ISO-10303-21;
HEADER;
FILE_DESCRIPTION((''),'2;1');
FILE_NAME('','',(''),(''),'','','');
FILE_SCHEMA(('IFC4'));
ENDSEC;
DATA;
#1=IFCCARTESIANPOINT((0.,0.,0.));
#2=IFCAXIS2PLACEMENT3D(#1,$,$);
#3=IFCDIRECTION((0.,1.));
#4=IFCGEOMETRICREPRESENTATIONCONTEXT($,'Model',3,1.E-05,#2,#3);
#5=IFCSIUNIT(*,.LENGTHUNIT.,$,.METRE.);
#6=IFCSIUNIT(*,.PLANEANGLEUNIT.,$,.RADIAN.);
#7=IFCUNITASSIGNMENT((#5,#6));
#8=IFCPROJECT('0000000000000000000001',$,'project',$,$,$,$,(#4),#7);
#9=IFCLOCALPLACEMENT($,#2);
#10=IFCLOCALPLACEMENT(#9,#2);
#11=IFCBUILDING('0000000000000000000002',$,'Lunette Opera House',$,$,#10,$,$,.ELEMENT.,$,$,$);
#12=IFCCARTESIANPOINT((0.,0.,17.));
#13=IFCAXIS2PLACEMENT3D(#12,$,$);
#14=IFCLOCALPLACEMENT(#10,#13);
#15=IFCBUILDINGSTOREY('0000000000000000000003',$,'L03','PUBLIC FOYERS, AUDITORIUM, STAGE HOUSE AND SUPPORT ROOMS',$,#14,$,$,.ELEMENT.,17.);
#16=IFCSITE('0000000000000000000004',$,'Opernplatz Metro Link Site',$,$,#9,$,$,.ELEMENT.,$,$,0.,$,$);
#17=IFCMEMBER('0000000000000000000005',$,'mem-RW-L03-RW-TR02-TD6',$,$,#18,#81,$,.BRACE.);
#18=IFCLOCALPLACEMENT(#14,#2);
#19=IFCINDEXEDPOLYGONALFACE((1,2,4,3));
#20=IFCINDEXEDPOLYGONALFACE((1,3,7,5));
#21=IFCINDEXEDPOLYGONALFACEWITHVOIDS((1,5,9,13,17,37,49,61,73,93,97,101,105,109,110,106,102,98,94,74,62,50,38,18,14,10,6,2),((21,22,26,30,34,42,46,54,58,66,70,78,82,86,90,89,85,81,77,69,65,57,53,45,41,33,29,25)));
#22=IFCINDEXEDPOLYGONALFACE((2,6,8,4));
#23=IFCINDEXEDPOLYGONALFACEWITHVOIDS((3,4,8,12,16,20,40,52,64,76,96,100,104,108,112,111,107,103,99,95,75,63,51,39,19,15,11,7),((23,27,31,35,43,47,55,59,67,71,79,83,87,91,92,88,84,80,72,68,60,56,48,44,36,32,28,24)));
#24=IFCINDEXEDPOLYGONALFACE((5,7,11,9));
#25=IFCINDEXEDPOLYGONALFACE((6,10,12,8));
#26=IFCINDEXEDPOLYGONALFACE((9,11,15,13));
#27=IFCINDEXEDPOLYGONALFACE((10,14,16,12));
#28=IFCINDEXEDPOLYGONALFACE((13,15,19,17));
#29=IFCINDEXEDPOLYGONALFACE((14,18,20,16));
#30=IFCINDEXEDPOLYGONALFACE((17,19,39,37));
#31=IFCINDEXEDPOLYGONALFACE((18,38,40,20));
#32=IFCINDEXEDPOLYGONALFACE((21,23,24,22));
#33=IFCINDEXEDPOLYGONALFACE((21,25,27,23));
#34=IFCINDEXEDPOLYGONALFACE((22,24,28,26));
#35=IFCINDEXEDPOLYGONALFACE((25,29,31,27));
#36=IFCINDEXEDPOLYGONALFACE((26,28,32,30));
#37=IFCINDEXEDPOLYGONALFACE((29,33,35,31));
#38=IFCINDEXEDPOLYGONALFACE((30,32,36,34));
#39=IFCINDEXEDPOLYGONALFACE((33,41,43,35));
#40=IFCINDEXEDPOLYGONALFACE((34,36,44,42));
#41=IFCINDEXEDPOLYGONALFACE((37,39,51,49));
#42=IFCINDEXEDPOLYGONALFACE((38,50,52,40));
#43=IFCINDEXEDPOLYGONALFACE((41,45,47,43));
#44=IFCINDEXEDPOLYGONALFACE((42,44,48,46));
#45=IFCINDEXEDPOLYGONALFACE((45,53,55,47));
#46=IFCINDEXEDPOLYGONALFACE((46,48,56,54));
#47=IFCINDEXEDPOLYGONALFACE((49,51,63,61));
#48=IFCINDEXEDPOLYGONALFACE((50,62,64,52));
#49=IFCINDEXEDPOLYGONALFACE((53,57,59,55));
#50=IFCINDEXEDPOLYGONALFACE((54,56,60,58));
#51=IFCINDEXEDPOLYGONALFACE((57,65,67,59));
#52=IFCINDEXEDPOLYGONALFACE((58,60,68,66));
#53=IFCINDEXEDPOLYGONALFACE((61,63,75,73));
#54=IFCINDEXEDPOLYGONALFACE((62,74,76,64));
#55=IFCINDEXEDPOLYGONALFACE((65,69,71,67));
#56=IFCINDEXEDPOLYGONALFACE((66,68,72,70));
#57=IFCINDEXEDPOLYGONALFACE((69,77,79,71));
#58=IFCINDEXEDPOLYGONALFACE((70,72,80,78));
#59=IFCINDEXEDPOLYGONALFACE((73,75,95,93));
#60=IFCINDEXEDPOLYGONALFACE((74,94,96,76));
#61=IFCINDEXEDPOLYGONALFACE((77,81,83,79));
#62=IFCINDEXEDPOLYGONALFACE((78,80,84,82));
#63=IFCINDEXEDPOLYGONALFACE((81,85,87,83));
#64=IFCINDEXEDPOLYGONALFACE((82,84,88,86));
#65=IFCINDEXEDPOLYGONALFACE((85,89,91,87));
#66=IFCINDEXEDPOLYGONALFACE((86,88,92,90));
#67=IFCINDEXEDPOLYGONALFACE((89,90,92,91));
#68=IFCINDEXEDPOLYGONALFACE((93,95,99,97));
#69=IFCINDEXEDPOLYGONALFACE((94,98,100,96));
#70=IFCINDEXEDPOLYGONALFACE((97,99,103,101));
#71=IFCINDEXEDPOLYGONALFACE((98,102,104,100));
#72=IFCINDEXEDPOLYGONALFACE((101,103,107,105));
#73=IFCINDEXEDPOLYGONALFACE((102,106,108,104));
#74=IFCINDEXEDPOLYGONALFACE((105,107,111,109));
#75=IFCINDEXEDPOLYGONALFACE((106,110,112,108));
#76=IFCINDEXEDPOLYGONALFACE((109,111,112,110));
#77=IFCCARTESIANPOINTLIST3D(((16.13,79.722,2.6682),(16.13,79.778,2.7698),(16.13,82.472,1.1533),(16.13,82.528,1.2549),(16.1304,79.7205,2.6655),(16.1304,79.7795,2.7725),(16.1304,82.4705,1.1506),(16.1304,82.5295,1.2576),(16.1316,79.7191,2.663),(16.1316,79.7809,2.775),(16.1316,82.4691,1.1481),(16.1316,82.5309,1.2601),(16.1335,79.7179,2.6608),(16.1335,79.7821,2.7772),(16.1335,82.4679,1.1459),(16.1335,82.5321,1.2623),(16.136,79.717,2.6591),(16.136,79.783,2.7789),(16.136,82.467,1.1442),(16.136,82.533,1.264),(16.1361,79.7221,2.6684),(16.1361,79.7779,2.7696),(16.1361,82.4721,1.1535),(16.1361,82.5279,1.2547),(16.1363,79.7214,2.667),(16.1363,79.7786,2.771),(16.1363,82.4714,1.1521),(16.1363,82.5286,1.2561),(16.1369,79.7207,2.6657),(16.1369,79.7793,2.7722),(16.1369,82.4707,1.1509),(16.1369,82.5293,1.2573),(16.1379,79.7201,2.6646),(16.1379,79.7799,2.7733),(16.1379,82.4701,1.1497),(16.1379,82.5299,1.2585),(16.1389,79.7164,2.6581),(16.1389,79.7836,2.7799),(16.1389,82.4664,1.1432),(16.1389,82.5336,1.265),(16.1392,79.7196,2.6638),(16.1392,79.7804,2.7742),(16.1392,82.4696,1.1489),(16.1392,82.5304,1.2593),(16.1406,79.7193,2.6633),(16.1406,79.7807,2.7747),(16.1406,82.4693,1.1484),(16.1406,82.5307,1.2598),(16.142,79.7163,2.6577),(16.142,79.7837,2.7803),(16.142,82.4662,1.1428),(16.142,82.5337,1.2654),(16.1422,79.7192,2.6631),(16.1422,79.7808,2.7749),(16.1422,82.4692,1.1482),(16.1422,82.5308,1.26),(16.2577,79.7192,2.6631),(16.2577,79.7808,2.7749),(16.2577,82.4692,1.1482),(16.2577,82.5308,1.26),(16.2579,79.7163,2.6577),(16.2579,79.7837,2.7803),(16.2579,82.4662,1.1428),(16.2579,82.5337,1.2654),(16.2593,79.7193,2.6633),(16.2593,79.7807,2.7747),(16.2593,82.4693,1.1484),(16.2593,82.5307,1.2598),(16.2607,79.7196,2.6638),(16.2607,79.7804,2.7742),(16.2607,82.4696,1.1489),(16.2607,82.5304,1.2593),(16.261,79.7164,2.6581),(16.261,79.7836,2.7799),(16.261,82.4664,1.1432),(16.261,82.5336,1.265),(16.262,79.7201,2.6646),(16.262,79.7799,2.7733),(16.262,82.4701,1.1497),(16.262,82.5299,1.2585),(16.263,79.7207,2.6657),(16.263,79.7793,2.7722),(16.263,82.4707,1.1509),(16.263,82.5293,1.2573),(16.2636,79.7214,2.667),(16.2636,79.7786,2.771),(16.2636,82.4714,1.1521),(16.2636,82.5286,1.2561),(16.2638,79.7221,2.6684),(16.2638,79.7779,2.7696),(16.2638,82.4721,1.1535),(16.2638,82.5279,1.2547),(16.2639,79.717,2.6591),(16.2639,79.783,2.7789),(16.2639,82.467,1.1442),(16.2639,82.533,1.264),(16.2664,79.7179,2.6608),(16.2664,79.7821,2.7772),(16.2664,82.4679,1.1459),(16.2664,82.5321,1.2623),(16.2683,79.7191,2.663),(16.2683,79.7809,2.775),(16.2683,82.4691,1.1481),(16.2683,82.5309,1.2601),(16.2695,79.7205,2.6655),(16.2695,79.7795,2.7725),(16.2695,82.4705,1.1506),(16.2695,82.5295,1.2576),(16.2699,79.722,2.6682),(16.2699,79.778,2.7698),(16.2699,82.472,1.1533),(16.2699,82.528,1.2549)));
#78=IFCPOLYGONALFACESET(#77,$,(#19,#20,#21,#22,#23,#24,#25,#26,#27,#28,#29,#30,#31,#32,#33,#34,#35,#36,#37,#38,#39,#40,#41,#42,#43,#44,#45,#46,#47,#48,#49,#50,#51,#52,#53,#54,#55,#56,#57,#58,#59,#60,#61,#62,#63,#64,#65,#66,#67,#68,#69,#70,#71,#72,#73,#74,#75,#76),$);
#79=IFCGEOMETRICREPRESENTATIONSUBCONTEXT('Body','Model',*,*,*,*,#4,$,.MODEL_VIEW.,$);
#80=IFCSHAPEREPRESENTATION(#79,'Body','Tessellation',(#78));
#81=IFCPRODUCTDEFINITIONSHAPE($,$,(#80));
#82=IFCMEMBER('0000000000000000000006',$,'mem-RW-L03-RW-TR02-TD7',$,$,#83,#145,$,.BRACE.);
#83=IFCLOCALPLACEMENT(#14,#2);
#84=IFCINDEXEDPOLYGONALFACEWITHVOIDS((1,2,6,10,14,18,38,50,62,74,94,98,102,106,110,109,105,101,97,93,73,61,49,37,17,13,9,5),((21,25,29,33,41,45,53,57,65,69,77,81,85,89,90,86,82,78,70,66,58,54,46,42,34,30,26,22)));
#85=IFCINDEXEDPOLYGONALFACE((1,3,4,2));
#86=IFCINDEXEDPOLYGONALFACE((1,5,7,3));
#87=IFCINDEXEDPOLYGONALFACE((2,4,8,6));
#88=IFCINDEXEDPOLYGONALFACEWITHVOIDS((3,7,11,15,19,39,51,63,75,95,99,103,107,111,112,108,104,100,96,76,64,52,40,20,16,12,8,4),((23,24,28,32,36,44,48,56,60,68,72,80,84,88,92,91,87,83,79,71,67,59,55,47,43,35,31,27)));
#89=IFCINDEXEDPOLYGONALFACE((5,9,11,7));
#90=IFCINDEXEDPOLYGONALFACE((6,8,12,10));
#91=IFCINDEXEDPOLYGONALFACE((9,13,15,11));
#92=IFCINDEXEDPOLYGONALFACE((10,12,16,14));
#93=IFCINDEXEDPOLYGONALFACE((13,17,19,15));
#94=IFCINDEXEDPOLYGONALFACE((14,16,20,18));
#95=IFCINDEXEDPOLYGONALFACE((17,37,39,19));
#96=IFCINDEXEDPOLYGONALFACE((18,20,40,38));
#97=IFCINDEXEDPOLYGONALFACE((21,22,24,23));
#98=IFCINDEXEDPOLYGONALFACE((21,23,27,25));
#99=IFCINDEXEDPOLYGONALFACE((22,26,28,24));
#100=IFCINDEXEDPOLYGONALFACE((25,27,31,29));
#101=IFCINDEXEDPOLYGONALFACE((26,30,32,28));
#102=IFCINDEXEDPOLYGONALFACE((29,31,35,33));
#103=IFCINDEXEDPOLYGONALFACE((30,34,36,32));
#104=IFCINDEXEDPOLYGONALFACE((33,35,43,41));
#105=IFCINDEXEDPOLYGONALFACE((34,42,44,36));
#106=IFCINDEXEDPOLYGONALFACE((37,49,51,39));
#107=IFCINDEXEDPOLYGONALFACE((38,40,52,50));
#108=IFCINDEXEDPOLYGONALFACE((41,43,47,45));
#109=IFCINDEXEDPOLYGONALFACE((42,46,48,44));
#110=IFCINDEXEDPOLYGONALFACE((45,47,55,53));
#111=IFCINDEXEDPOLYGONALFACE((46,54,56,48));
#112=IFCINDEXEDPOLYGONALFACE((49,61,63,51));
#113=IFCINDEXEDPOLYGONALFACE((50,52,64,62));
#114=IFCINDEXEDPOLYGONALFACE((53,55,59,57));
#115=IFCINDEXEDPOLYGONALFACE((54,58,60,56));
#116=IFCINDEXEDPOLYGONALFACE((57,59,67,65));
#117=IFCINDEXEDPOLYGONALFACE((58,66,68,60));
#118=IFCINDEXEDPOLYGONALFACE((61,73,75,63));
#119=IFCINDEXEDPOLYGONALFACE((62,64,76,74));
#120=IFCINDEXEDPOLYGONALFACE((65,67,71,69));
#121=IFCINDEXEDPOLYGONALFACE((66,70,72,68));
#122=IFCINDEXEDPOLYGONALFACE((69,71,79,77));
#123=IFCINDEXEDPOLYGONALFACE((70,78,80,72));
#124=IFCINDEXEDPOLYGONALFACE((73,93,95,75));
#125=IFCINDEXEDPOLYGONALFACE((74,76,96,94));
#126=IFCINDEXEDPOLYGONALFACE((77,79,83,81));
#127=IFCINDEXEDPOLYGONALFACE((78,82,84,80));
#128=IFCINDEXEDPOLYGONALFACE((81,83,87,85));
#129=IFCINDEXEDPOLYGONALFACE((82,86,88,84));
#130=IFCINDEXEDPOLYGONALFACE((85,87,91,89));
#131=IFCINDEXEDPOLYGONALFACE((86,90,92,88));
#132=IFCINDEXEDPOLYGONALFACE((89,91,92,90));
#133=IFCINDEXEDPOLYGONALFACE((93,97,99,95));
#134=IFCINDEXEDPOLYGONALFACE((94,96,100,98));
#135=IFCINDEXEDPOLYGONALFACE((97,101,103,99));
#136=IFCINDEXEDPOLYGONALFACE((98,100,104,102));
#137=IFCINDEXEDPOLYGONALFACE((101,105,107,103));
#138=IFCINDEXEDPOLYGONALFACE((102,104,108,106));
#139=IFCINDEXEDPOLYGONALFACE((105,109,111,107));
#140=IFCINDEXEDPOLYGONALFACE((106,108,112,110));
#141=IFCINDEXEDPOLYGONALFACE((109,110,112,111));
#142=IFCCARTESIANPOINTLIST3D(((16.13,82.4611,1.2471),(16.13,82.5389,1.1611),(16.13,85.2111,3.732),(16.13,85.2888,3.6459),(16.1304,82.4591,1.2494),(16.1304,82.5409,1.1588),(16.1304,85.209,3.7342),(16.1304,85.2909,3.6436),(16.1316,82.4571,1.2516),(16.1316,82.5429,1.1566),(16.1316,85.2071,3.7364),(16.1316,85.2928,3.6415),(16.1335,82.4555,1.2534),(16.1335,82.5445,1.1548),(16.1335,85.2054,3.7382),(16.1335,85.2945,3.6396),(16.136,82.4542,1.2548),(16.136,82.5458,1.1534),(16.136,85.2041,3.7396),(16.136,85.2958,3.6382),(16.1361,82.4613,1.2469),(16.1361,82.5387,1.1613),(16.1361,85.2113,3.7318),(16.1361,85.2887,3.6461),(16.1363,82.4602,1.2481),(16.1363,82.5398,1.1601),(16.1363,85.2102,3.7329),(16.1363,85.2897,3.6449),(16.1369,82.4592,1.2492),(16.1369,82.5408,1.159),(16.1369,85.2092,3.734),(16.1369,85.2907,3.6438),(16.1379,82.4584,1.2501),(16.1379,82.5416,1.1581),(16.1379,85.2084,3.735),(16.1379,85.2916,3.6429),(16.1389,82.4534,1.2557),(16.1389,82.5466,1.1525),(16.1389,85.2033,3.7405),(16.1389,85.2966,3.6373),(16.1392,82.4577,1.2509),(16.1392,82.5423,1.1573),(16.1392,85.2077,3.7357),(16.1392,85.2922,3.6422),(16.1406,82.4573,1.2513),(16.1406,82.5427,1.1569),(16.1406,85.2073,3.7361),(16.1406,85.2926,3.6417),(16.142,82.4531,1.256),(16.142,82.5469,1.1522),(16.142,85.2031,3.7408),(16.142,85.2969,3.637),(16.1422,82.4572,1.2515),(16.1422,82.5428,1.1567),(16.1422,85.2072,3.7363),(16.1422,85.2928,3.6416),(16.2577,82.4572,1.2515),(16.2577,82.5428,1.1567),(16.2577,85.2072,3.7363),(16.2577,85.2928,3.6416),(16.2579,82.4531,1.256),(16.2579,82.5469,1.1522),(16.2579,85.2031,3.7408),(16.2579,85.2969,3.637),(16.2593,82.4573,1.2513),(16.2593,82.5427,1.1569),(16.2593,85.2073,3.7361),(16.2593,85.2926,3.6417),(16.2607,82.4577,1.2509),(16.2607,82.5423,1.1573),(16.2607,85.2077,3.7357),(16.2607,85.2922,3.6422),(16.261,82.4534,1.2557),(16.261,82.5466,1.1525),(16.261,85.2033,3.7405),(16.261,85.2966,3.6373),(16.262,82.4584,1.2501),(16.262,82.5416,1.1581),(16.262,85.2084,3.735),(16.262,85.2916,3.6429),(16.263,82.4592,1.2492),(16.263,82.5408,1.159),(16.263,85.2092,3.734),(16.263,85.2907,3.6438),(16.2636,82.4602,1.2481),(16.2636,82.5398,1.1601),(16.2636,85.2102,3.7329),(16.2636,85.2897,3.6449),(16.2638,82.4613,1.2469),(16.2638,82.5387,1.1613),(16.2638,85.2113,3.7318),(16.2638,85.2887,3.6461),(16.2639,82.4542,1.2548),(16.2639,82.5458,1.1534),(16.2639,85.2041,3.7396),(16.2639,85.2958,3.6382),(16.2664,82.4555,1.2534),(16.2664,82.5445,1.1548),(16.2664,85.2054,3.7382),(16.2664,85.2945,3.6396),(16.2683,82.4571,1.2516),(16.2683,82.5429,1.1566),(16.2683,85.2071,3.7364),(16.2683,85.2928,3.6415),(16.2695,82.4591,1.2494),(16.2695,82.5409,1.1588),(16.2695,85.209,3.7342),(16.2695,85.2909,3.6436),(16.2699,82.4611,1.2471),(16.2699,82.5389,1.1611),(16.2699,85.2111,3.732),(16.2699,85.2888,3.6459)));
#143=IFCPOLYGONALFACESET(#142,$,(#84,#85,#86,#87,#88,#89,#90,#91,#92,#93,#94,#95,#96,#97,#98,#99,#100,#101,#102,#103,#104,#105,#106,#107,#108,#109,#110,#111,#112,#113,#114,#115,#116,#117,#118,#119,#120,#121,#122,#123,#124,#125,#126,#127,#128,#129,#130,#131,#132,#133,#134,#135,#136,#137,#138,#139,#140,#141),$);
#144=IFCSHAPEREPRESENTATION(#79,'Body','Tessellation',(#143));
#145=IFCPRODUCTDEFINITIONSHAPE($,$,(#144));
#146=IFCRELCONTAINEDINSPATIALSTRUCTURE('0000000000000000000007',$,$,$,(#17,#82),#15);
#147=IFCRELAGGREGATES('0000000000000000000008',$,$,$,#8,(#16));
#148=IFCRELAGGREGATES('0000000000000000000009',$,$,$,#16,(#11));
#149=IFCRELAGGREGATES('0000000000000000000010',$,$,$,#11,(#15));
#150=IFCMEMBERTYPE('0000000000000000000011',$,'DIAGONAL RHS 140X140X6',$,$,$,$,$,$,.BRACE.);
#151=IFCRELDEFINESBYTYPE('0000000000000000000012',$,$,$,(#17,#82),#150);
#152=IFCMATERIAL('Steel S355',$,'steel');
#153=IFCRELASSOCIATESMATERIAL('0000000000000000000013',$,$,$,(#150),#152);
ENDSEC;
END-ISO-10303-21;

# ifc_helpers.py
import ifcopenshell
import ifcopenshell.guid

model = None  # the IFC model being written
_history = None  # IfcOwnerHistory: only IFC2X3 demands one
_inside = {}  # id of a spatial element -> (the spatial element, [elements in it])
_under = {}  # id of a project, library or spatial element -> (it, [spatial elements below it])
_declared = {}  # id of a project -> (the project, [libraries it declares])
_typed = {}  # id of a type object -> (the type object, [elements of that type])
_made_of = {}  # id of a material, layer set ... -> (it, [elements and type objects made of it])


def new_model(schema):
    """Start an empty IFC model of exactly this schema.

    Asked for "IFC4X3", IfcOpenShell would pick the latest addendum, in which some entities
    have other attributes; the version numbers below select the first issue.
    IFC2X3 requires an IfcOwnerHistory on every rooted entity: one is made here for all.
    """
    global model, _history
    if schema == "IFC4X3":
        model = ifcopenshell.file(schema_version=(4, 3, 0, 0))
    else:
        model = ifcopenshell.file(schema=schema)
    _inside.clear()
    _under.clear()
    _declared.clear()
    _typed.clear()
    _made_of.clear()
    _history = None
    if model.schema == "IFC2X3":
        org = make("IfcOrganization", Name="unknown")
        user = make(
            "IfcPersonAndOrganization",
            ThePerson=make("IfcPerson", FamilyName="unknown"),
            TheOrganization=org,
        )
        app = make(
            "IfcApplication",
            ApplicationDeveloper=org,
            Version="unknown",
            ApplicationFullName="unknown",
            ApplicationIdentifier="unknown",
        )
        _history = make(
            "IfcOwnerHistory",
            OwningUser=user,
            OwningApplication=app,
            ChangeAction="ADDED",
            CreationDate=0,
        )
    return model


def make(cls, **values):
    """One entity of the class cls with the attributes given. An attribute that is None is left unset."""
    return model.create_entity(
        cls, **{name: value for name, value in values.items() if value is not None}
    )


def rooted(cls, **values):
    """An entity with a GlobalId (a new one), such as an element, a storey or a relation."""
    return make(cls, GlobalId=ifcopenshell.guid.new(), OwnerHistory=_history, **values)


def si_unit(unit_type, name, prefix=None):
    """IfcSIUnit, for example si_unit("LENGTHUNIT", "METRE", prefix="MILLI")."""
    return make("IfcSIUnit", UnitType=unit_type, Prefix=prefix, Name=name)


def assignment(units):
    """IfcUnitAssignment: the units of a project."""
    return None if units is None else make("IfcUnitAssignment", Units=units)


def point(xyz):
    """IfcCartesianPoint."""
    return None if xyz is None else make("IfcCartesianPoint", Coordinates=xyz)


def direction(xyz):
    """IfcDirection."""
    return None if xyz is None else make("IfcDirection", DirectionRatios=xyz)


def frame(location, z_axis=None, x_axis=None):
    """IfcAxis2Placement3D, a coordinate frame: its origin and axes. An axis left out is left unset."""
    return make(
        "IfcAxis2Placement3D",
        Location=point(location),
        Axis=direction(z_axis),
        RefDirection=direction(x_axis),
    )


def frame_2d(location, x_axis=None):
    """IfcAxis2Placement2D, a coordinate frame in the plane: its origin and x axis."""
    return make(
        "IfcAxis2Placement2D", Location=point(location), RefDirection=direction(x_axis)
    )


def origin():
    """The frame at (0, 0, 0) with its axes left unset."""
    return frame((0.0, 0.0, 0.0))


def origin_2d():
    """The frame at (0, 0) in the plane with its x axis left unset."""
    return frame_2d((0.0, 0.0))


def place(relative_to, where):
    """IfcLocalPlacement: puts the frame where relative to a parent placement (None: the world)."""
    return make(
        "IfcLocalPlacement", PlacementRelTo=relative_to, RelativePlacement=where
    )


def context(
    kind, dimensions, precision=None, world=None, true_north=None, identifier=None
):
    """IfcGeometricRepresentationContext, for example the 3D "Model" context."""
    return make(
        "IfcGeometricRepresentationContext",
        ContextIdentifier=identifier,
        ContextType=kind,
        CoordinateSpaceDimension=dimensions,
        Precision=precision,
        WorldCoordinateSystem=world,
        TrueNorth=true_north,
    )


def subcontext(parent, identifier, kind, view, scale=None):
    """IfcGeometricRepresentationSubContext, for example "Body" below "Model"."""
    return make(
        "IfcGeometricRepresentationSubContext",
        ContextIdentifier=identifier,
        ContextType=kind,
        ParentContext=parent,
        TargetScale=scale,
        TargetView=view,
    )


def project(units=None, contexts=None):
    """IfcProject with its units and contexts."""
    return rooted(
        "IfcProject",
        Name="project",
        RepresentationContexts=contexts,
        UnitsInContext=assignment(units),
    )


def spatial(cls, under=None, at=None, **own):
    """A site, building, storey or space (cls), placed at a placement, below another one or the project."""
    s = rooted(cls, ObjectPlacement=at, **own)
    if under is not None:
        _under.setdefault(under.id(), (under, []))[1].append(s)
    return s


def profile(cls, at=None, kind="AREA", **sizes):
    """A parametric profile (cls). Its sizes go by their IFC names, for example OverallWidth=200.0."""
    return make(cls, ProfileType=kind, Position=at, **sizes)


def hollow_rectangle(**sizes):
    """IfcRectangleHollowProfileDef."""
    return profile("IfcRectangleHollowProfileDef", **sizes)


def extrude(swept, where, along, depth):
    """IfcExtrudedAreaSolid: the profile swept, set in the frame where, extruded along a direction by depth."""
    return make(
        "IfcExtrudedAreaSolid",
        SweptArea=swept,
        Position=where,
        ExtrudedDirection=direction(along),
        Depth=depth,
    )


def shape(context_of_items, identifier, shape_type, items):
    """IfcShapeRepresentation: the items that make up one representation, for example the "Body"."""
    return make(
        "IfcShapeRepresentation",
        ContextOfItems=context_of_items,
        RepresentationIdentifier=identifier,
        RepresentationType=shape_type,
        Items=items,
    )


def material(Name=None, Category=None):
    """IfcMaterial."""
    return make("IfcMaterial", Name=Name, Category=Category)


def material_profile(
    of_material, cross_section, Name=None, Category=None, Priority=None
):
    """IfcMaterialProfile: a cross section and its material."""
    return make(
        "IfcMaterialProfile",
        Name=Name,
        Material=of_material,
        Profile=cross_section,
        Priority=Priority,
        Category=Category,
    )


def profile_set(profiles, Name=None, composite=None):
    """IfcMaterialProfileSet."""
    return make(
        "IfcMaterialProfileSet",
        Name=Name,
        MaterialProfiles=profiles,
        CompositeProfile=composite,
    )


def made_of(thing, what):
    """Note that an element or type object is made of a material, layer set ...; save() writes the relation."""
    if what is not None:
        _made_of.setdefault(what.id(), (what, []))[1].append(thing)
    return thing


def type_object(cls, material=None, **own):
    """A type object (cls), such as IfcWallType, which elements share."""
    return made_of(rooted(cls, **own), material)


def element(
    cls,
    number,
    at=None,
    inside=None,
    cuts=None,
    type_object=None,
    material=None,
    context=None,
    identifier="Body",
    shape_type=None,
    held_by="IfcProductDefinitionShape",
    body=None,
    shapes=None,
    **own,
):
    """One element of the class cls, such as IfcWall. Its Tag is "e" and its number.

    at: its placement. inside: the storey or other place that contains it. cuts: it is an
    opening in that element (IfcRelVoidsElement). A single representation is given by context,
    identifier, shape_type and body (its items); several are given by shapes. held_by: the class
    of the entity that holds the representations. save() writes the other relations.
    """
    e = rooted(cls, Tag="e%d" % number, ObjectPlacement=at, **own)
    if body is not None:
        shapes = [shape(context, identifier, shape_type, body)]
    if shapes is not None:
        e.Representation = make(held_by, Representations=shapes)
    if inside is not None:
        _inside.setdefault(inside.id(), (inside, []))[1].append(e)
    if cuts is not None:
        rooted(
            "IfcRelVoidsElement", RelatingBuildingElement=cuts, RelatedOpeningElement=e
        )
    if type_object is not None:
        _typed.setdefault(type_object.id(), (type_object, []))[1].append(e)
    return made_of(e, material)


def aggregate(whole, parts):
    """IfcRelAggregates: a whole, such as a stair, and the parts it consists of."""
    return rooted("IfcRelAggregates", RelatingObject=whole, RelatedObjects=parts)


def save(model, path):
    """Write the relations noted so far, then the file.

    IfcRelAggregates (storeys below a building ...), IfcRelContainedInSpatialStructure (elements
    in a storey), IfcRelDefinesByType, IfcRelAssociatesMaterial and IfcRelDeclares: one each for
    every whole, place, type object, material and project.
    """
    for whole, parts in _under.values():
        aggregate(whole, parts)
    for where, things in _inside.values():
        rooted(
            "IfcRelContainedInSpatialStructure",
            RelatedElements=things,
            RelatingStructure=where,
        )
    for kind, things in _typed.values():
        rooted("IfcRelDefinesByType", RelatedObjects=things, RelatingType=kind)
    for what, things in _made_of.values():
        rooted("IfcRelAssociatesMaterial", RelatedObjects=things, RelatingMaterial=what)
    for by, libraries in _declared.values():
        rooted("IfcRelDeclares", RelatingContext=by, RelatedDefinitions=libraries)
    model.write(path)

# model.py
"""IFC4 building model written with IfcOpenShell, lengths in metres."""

from ifc_helpers import new_model, si_unit, direction, frame, origin, origin_2d, place, context, subcontext, project, spatial, hollow_rectangle, extrude, material, material_profile, profile_set, type_object, element, save


model = new_model("IFC4")

# Units and contexts
model_context = context("Model", 3, precision=1e-05, world=origin(), true_north=direction((0.0, 1.0)))
body_context = subcontext(model_context, "Body", "Model", "MODEL_VIEW")
ifc_project = project(units=[si_unit("LENGTHUNIT", "METRE"), si_unit("PLANEANGLEUNIT", "RADIAN")], contexts=[model_context])

# Site, building, storey
site_placement = place(None, origin())
site = spatial("IfcSite", under=ifc_project, at=site_placement, Name="Opernplatz Metro Link Site", CompositionType="ELEMENT", RefElevation=0.0)
building_placement = place(site_placement, origin())
building = spatial("IfcBuilding", under=site, at=building_placement, Name="Lunette Opera House", CompositionType="ELEMENT")
storey_placement = place(building_placement, frame((0.0, 0.0, 17.0)))
storey = spatial("IfcBuildingStorey", under=building, at=storey_placement, Name="L03", Description="PUBLIC FOYERS, AUDITORIUM, STAGE HOUSE AND SUPPORT ROOMS", CompositionType="ELEMENT", Elevation=17.0)

# Members
ifc_material_1 = material(Name="Steel S355", Category="steel")
ifc_material_profile_1 = material_profile(ifc_material_1, hollow_rectangle(XDim=0.1399, YDim=0.1399, WallThickness=0.0061, InnerFilletRadius=0.0061, OuterFilletRadius=0.012, at=origin_2d()), Name="RHS 140X140X6")
ifc_profile_set_1 = profile_set([ifc_material_profile_1], Name="Steel S355")
member_type_1 = type_object("IfcMemberType", Name="DIAGONAL RHS 140X140X6", PredefinedType="BRACE", material=ifc_profile_set_1)
for number, where, z_axis, x_axis, name in (
    (1, (16.2, 79.75, 2.719), (0.0, 0.875894, -0.482504), (-1.0, 0.0, 0.0), "mem-RW-L03-RW-TR02-TD6"),
):
    element("IfcMember", number, at=place(storey_placement, frame(where, z_axis=z_axis, x_axis=x_axis)), inside=storey, type_object=member_type_1, Name=name, PredefinedType="BRACE", context=body_context, shape_type="SweptSolid", body=[
        extrude(hollow_rectangle(XDim=0.1399, YDim=0.1399, WallThickness=0.0061, InnerFilletRadius=0.0061, OuterFilletRadius=0.012, at=origin_2d()), origin(), (0.0, 0.0, 1.0), 3.1396),
    ])
member_1_placement = place(storey_placement, frame((16.2, 82.5, 1.2041), z_axis=(0.0, 0.741969, 0.670434), x_axis=(-1.0, 0.0, 0.0)))
element("IfcMember", 2, at=member_1_placement, inside=storey, type_object=member_type_1, Name="mem-RW-L03-RW-TR02-TD7", PredefinedType="BRACE", context=body_context, shape_type="SweptSolid", body=[
    extrude(hollow_rectangle(XDim=0.1399, YDim=0.1399, WallThickness=0.0061, InnerFilletRadius=0.0061, OuterFilletRadius=0.012, at=origin_2d()), origin(), (0.0, 0.0, 1.0), 3.7063),
])

save(model, "model.ifc")
